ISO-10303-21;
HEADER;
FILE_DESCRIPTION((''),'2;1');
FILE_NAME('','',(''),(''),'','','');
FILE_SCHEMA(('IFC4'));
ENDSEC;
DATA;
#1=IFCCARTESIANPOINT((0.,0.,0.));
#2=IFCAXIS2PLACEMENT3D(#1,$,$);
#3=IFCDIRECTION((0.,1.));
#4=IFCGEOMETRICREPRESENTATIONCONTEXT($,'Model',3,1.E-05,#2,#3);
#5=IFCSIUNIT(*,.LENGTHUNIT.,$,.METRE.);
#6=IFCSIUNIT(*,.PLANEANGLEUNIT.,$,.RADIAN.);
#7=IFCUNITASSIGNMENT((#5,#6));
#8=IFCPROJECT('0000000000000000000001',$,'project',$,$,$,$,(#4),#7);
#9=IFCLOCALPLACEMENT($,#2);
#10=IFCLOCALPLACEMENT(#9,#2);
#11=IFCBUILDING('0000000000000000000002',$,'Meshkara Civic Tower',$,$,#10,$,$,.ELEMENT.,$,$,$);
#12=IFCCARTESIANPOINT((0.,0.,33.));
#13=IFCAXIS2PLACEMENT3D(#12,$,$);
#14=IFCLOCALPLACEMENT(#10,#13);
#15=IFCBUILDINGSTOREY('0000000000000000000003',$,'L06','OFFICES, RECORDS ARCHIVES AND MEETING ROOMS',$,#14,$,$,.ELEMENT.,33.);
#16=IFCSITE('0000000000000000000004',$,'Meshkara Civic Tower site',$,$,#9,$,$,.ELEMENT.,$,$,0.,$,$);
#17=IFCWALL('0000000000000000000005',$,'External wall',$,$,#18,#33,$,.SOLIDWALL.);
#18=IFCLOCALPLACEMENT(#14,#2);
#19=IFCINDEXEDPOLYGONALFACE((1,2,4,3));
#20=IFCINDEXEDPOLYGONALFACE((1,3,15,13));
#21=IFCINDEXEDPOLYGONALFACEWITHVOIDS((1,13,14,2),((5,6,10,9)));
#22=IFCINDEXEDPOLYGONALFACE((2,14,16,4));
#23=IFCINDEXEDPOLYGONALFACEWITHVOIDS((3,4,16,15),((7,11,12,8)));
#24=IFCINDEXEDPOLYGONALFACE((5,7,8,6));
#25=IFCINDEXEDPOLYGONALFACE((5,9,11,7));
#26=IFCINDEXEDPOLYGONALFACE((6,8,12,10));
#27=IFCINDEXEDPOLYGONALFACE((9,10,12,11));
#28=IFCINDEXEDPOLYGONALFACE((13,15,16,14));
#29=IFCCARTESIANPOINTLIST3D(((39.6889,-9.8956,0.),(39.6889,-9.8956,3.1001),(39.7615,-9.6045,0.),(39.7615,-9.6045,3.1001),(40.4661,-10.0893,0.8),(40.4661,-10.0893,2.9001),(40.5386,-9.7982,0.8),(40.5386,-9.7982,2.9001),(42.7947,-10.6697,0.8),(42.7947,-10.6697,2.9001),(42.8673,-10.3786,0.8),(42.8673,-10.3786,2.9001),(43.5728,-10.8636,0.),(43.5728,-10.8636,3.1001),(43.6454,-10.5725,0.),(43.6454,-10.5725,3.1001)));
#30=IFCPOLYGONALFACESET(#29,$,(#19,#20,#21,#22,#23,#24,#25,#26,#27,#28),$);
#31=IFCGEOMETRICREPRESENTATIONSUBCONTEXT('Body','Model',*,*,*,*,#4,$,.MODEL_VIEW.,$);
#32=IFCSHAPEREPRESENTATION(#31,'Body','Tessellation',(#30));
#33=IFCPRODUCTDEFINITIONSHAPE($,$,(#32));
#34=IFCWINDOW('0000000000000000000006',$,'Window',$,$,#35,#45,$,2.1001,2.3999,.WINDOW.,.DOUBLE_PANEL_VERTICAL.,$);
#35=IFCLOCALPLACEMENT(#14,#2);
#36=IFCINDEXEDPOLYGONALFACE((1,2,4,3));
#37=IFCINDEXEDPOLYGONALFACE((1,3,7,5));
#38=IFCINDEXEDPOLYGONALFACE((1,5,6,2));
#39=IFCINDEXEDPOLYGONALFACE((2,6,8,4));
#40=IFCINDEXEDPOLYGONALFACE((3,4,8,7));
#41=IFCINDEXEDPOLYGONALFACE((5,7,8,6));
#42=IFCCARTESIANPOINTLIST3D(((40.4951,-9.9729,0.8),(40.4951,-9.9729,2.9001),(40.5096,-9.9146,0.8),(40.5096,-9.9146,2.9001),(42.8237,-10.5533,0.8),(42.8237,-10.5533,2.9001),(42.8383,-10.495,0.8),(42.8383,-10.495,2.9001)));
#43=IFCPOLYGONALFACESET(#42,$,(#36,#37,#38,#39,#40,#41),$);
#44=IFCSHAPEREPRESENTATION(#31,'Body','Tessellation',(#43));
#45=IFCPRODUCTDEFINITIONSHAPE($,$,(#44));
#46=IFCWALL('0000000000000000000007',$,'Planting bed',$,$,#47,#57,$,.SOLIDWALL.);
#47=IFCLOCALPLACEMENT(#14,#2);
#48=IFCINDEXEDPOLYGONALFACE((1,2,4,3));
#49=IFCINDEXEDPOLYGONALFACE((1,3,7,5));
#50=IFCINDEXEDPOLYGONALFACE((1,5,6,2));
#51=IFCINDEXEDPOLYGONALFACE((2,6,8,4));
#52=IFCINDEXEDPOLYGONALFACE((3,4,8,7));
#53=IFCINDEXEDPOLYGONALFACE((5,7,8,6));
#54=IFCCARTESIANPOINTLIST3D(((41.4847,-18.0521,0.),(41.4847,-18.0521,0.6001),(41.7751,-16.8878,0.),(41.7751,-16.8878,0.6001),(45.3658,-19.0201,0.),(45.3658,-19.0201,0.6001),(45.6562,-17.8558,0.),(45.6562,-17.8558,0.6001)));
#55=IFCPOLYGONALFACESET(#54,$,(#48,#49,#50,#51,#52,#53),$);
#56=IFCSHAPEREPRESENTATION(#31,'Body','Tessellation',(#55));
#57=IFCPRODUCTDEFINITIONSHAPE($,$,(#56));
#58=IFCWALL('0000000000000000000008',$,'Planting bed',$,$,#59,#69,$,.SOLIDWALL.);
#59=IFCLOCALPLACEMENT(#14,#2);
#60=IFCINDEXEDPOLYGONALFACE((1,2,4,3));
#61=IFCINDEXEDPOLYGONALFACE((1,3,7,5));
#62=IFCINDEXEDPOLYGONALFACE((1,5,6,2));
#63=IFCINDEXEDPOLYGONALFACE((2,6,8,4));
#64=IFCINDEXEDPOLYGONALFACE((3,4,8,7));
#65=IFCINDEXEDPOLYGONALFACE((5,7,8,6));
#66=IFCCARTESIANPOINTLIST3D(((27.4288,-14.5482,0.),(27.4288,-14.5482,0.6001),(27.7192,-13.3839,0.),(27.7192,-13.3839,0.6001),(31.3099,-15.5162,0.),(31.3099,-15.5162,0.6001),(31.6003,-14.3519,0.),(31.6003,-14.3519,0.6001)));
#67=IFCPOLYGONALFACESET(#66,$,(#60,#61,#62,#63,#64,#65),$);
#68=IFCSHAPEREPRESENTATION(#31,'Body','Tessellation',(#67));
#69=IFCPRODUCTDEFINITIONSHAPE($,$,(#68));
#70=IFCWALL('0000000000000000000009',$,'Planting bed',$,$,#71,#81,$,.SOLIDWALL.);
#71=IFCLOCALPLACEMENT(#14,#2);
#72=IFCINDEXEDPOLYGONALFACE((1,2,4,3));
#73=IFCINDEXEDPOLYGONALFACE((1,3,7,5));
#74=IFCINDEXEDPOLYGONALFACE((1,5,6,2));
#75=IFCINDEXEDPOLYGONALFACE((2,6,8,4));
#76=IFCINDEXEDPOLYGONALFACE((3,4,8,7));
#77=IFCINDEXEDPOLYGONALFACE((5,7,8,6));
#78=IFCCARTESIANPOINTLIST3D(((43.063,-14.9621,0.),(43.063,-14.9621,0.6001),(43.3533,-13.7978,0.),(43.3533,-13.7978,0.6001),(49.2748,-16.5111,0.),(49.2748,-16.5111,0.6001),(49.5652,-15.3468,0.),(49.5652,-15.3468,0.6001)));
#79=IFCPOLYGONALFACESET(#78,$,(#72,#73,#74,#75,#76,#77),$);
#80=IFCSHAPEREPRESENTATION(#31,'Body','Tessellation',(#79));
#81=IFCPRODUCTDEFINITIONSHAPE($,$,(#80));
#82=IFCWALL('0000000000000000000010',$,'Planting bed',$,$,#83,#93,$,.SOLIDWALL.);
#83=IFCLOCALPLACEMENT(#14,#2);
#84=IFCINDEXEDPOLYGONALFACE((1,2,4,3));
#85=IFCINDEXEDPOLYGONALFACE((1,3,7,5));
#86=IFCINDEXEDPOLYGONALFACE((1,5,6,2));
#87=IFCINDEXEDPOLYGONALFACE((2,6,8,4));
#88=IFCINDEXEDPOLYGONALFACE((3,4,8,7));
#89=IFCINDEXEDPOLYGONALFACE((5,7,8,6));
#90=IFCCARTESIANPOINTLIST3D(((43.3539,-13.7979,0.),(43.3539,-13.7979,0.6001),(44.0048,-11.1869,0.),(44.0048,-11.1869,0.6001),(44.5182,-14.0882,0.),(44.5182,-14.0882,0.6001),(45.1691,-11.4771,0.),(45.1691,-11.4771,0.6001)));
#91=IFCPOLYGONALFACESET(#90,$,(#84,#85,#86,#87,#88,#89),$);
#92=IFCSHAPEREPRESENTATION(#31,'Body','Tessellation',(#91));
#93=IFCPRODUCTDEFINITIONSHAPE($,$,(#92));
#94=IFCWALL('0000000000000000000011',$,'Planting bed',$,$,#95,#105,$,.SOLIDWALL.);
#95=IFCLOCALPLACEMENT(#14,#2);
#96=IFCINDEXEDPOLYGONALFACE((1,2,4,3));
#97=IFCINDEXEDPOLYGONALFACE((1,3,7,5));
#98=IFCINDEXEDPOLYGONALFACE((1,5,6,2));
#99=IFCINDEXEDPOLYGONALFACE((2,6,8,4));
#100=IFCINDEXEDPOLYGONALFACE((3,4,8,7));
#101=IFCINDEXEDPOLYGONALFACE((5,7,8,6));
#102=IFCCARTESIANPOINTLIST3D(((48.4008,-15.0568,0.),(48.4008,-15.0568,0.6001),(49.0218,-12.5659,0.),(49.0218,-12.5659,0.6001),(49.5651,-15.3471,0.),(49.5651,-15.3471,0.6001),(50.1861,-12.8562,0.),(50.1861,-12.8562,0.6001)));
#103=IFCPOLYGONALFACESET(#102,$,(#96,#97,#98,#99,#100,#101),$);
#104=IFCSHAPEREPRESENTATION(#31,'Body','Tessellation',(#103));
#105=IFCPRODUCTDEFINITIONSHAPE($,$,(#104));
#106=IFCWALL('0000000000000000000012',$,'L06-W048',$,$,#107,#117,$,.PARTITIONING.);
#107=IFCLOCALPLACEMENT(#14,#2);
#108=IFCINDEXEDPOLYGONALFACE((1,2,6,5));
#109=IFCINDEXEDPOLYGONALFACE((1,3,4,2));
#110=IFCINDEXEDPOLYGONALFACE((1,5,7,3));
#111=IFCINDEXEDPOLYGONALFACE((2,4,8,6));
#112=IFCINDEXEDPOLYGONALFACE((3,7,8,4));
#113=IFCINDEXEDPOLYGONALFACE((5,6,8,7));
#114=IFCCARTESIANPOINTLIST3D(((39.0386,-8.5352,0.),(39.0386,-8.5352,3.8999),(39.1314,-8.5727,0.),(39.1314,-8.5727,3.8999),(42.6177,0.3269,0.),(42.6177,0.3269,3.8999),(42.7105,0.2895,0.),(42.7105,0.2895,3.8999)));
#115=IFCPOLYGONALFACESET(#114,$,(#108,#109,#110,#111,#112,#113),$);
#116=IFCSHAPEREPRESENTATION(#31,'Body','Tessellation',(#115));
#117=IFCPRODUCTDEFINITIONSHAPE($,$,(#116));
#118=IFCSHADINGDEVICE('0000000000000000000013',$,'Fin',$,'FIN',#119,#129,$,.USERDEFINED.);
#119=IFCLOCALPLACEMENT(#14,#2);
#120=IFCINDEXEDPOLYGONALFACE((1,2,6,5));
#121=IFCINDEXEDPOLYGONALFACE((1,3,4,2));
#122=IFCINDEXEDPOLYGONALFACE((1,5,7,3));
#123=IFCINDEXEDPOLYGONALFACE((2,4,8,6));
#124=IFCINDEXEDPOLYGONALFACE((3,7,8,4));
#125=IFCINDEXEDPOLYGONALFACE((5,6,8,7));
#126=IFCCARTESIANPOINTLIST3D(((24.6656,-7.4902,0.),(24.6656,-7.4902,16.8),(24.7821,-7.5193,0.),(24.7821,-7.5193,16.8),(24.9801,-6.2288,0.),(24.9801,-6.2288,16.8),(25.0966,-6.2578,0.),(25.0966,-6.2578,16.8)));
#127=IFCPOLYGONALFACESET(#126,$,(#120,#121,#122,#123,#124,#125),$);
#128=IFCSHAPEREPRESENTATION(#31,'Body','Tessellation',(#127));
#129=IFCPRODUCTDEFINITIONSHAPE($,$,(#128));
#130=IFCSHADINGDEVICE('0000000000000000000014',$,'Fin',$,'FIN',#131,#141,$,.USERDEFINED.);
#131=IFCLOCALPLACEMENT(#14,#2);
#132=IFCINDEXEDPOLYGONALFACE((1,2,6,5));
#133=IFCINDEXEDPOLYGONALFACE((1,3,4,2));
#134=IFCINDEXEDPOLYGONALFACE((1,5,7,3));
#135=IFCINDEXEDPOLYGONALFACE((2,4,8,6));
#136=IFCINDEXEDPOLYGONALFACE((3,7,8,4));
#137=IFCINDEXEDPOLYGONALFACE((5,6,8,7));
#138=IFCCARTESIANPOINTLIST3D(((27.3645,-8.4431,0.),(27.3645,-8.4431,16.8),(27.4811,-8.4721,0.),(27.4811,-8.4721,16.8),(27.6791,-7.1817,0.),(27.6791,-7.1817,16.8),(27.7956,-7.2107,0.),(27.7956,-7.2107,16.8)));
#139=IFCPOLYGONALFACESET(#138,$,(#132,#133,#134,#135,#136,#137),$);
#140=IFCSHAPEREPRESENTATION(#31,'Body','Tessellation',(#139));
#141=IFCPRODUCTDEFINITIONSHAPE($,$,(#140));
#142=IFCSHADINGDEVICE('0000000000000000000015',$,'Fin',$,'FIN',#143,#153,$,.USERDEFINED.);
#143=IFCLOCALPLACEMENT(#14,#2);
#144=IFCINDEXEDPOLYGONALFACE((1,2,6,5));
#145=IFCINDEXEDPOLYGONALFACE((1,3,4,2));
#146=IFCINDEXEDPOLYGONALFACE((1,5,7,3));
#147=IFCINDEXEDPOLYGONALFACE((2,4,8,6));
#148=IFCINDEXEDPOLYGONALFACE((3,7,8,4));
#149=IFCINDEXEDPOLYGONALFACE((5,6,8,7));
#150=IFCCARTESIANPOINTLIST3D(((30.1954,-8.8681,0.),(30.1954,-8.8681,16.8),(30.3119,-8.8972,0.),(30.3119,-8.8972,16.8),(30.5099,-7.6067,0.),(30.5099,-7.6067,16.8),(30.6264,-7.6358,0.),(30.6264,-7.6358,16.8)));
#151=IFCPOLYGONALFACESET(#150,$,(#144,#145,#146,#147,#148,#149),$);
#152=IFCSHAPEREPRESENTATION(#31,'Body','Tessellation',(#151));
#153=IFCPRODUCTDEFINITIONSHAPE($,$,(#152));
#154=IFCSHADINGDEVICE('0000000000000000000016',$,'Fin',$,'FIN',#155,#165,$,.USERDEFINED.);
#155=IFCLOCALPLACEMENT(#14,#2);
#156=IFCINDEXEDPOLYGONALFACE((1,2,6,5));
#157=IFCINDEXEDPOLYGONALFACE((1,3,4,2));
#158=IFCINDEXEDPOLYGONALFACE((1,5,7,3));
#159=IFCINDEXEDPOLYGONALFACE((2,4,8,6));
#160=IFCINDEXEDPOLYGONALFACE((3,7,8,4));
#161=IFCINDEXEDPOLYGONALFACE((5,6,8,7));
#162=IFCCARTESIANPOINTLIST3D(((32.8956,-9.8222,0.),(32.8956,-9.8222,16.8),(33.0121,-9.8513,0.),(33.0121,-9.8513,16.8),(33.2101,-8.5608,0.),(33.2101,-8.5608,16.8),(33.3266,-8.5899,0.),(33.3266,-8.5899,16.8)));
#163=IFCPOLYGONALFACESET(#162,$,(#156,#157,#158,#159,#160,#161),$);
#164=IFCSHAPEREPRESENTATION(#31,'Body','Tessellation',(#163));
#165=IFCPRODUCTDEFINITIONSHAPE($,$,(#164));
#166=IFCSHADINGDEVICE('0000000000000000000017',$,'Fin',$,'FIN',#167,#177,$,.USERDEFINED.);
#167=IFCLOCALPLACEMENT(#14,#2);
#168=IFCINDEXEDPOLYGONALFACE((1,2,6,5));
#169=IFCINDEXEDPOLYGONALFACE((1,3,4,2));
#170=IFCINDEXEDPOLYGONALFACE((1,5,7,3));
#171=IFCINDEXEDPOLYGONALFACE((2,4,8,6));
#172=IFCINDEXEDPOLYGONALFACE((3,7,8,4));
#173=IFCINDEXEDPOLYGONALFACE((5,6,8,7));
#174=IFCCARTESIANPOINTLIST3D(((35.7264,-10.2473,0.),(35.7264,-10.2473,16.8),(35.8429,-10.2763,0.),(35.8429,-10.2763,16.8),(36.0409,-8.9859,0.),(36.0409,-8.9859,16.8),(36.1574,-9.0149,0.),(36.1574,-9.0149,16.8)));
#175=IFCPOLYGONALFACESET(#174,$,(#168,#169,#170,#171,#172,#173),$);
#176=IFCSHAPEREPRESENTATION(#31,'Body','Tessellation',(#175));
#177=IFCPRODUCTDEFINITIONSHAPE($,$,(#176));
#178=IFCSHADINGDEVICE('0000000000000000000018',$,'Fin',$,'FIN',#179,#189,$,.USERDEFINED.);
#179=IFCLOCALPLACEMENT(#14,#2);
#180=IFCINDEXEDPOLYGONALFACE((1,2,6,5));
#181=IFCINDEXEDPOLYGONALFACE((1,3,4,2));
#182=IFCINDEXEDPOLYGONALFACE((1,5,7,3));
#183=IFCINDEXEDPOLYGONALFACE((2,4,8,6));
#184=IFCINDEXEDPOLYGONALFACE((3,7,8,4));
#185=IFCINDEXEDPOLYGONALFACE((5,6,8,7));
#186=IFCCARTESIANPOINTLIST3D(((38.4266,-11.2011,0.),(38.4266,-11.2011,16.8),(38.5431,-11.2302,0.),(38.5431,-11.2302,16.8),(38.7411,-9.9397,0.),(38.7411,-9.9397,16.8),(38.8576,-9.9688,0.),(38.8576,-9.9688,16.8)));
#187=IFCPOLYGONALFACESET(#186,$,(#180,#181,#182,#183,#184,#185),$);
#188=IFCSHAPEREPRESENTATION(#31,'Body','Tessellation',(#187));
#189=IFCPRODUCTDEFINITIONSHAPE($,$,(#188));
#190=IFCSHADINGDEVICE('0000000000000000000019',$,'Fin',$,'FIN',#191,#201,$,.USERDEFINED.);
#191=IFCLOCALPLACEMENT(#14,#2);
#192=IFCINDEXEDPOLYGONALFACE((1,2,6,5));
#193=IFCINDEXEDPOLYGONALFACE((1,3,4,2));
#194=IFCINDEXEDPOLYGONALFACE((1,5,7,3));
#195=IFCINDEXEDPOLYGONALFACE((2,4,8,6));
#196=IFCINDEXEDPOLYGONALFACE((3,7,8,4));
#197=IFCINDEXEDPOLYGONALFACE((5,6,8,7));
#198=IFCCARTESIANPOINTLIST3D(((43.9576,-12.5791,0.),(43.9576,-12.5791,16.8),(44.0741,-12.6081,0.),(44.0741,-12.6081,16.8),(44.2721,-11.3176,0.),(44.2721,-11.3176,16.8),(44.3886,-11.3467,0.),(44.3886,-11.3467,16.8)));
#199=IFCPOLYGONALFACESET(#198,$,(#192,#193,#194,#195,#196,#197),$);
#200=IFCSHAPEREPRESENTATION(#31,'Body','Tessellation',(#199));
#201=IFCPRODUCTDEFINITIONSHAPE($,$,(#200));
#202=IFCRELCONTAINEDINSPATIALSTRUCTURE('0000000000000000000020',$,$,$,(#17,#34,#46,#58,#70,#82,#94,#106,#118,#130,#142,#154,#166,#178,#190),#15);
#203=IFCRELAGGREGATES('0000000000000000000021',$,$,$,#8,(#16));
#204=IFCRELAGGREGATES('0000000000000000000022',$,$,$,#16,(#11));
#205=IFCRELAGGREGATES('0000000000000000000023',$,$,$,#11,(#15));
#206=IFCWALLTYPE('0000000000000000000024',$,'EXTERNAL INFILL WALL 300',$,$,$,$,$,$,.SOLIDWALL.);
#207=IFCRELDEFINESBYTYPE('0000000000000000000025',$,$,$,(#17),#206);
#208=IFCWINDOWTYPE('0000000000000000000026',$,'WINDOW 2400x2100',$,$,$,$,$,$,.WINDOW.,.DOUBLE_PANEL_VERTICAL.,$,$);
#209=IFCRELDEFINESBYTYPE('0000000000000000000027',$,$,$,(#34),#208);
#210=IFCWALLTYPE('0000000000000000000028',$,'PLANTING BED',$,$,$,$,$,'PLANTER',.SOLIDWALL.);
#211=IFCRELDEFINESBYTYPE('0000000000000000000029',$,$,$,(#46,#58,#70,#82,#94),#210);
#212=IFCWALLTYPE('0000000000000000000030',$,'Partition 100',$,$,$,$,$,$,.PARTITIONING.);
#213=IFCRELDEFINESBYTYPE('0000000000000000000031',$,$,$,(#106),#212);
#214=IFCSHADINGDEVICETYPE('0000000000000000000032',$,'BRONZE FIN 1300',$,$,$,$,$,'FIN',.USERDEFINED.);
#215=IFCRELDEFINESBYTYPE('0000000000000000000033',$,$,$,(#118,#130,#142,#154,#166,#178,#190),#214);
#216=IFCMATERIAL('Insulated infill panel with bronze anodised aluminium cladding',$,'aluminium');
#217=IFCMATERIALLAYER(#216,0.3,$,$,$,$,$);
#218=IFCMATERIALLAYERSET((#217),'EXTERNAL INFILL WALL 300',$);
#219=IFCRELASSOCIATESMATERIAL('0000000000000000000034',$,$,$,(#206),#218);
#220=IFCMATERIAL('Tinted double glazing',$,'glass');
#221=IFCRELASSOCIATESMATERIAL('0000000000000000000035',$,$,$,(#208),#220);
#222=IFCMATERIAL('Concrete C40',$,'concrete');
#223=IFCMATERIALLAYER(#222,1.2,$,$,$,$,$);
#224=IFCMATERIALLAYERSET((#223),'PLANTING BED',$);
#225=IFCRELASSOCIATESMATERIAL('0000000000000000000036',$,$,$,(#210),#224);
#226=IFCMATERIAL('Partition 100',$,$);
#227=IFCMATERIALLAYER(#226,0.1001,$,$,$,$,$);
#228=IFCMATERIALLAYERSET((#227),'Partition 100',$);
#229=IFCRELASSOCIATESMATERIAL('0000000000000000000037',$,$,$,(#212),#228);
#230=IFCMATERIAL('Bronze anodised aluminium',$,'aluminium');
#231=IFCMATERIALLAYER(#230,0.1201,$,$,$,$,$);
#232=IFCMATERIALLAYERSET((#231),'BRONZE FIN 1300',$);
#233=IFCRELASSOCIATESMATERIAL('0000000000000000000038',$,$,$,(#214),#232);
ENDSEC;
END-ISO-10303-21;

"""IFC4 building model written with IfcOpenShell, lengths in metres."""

from ifc_helpers import new_model, si_unit, direction, frame, frame_2d, origin, origin_2d, place, context, subcontext, project, spatial, rectangle, extrude, material, layer, layer_set, type_object, element, fill, save


model = new_model("IFC4")

# Units and contexts
model_context = context("Model", 3, precision=1e-05, world=origin(), true_north=direction((0.0, 1.0)))
body_context = subcontext(model_context, "Body", "Model", "MODEL_VIEW")
ifc_project = project(units=[si_unit("LENGTHUNIT", "METRE"), si_unit("PLANEANGLEUNIT", "RADIAN")], contexts=[model_context])

# Site, building, storey
site_placement = place(None, origin())
site = spatial("IfcSite", under=ifc_project, at=site_placement, Name="Meshkara Civic Tower site", CompositionType="ELEMENT", RefElevation=0.0)
building_placement = place(site_placement, origin())
building = spatial("IfcBuilding", under=site, at=building_placement, Name="Meshkara Civic Tower", CompositionType="ELEMENT")
storey_placement = place(building_placement, frame((0.0, 0.0, 33.0)))
storey = spatial("IfcBuildingStorey", under=building, at=storey_placement, Name="L06", Description="OFFICES, RECORDS ARCHIVES AND MEETING ROOMS", CompositionType="ELEMENT", Elevation=33.0)

# Wall, opening, window
ifc_material_1 = material(Name="Insulated infill panel with bronze anodised aluminium cladding", Category="aluminium")
ifc_layer_1 = layer(ifc_material_1, 0.3)
ifc_layer_set_1 = layer_set([ifc_layer_1], Name="EXTERNAL INFILL WALL 300")
wall_type_1 = type_object("IfcWallType", Name="EXTERNAL INFILL WALL 300", PredefinedType="SOLIDWALL", material=ifc_layer_set_1)
ifc_material_2 = material(Name="Tinted double glazing", Category="glass")
window_type = type_object("IfcWindowType", Name="WINDOW 2400x2100", PartitioningType="DOUBLE_PANEL_VERTICAL", PredefinedType="WINDOW", material=ifc_material_2)
wall_1_placement = place(storey_placement, frame((39.7251, -9.75, 0.0), z_axis=(0.0, 0.0, 1.0), x_axis=(0.970314, -0.241847, 0.0)))
wall_1 = element("IfcWall", 1, at=wall_1_placement, inside=storey, type_object=wall_type_1, Name="External wall", PredefinedType="SOLIDWALL", context=body_context, shape_type="SweptSolid", body=[
    extrude(rectangle(XDim=4.0027, YDim=0.3, at=frame_2d((2.0015, 0.0))), origin(), (0.0, 0.0, 1.0), 3.1001),
])
opening_1_placement = place(wall_1_placement, frame((0.801, 0.0, 0.8)))
opening_1 = element("IfcOpeningElement", 2, at=opening_1_placement, cuts=wall_1, PredefinedType="OPENING", context=body_context, shape_type="SweptSolid", body=[
    extrude(rectangle(XDim=2.3999, YDim=2.1001, at=frame_2d((1.2, 1.05))), frame((0.0, 0.1599, 0.0), z_axis=(0.0, -1.0, 0.0), x_axis=(1.0, 0.0, 0.0)), (0.0, 0.0, 1.0), 0.3201),
])
window_1_placement = place(opening_1_placement, origin())
window_1 = element("IfcWindow", 3, at=window_1_placement, inside=storey, type_object=window_type, Name="Window", OverallHeight=2.1001, OverallWidth=2.3999, PartitioningType="DOUBLE_PANEL_VERTICAL", PredefinedType="WINDOW", context=body_context, shape_type="SweptSolid", body=[
    extrude(rectangle(XDim=2.3999, YDim=2.1001, at=frame_2d((1.2, 1.05))), frame((0.0, 0.03, 0.0), z_axis=(0.0, -1.0, 0.0), x_axis=(1.0, 0.0, 0.0)), (0.0, 0.0, 1.0), 0.0601),
])
fill(opening_1, window_1)

# Walls
ifc_material_3 = material(Name="Concrete C40", Category="concrete")
ifc_layer_2 = layer(ifc_material_3, 1.2)
ifc_layer_set_2 = layer_set([ifc_layer_2], Name="PLANTING BED")
wall_type_2 = type_object("IfcWallType", Name="PLANTING BED", ElementType="PLANTER", PredefinedType="SOLIDWALL", material=ifc_layer_set_2)
for number, where, z_axis, x_axis, name in (
    (4, (45.511, -18.438, 0.0), (0.0, 0.0, 1.0), (-0.970275, 0.242004, 0.0), "Planting bed"),
    (5, (31.4551, -14.9341, 0.0), (0.0, 0.0, 1.0), (-0.970275, 0.242004, 0.0), "Planting bed"),
):
    element("IfcWall", number, at=place(storey_placement, frame(where, z_axis=z_axis, x_axis=x_axis)), inside=storey, type_object=wall_type_2, Name=name, PredefinedType="SOLIDWALL", context=body_context, shape_type="SweptSolid", body=[
        extrude(rectangle(XDim=4.0, YDim=1.2, at=frame_2d((2.0, 0.0))), origin(), (0.0, 0.0, 1.0), 0.6001),
    ])
wall_2_placement = place(storey_placement, frame((43.208, -14.3799, 0.0), z_axis=(0.0, 0.0, 1.0), x_axis=(0.970286, -0.241961, 0.0)))
element("IfcWall", 6, at=wall_2_placement, inside=storey, type_object=wall_type_2, Name="Planting bed", PredefinedType="SOLIDWALL", context=body_context, shape_type="SweptSolid", body=[
    extrude(rectangle(XDim=6.4021, YDim=1.2, at=frame_2d((3.2012, 0.0))), origin(), (0.0, 0.0, 1.0), 0.6001),
])
wall_3_placement = place(storey_placement, frame((44.5869, -11.332, 0.0), z_axis=(0.0, 0.0, 1.0), x_axis=(-0.241874, -0.970308, 0.0)))
element("IfcWall", 7, at=wall_3_placement, inside=storey, type_object=wall_type_2, Name="Planting bed", PredefinedType="SOLIDWALL", context=body_context, shape_type="SweptSolid", body=[
    extrude(rectangle(XDim=2.6909, YDim=1.2, at=frame_2d((1.3455, 0.0))), origin(), (0.0, 0.0, 1.0), 0.6001),
])
wall_4_placement = place(storey_placement, frame((49.604, -12.7109, 0.0), z_axis=(0.0, 0.0, 1.0), x_axis=(-0.241931, -0.970293, 0.0)))
element("IfcWall", 8, at=wall_4_placement, inside=storey, type_object=wall_type_2, Name="Planting bed", PredefinedType="SOLIDWALL", context=body_context, shape_type="SweptSolid", body=[
    extrude(rectangle(XDim=2.5671, YDim=1.2, at=frame_2d((1.2837, 0.0))), origin(), (0.0, 0.0, 1.0), 0.6001),
])
ifc_material_4 = material(Name="Partition 100")
ifc_layer_3 = layer(ifc_material_4, 0.1001)
ifc_layer_set_3 = layer_set([ifc_layer_3], Name="Partition 100")
wall_type_3 = type_object("IfcWallType", Name="Partition 100", PredefinedType="PARTITIONING", material=ifc_layer_set_3)
wall_5_placement = place(storey_placement, frame((39.085, -8.554, 0.0), z_axis=(0.0, 0.0, 1.0), x_axis=(0.37448, 0.927235, 0.0)))
element("IfcWall", 9, at=wall_5_placement, inside=storey, type_object=wall_type_3, Name="L06-W048", PredefinedType="PARTITIONING", context=body_context, shape_type="SweptSolid", body=[
    extrude(rectangle(XDim=9.5576, YDim=0.1001, at=frame_2d((4.7788, 0.0))), origin(), (0.0, 0.0, 1.0), 3.8999),
])

# Shading devices
ifc_material_5 = material(Name="Bronze anodised aluminium", Category="aluminium")
ifc_layer_4 = layer(ifc_material_5, 0.1201)
ifc_layer_set_4 = layer_set([ifc_layer_4], Name="BRONZE FIN 1300")
shading_device_type = type_object("IfcShadingDeviceType", Name="BRONZE FIN 1300", ElementType="FIN", PredefinedType="USERDEFINED", material=ifc_layer_set_4)
for number, where, z_axis, x_axis, name in (
    (10, (24.8811, -6.874, 0.0), (0.0, 0.0, 1.0), (0.970296, -0.241922, 0.0), "Fin"),
    (11, (27.5801, -7.8269, 0.0), (0.0, 0.0, 1.0), (0.970296, -0.241922, 0.0), "Fin"),
    (12, (30.4109, -8.252, 0.0), (0.0, 0.0, 1.0), (0.970296, -0.241922, 0.0), "Fin"),
    (13, (33.1111, -9.2061, 0.0), (0.0, 0.0, 1.0), (0.970296, -0.241922, 0.0), "Fin"),
    (14, (35.9419, -9.6311, 0.0), (0.0, 0.0, 1.0), (0.970296, -0.241922, 0.0), "Fin"),
    (15, (38.6421, -10.585, 0.0), (0.0, 0.0, 1.0), (0.970296, -0.241922, 0.0), "Fin"),
    (16, (44.1731, -11.9629, 0.0), (0.0, 0.0, 1.0), (0.970296, -0.241922, 0.0), "Fin"),
):
    element("IfcShadingDevice", number, at=place(storey_placement, frame(where, z_axis=z_axis, x_axis=x_axis)), inside=storey, type_object=shading_device_type, Name=name, ObjectType="FIN", PredefinedType="USERDEFINED", context=body_context, shape_type="SweptSolid", body=[
        extrude(rectangle(XDim=0.1201, YDim=1.3, at=origin_2d()), origin(), (0.0, 0.0, 1.0), 16.8),
    ])

save(model, "model.ifc")
